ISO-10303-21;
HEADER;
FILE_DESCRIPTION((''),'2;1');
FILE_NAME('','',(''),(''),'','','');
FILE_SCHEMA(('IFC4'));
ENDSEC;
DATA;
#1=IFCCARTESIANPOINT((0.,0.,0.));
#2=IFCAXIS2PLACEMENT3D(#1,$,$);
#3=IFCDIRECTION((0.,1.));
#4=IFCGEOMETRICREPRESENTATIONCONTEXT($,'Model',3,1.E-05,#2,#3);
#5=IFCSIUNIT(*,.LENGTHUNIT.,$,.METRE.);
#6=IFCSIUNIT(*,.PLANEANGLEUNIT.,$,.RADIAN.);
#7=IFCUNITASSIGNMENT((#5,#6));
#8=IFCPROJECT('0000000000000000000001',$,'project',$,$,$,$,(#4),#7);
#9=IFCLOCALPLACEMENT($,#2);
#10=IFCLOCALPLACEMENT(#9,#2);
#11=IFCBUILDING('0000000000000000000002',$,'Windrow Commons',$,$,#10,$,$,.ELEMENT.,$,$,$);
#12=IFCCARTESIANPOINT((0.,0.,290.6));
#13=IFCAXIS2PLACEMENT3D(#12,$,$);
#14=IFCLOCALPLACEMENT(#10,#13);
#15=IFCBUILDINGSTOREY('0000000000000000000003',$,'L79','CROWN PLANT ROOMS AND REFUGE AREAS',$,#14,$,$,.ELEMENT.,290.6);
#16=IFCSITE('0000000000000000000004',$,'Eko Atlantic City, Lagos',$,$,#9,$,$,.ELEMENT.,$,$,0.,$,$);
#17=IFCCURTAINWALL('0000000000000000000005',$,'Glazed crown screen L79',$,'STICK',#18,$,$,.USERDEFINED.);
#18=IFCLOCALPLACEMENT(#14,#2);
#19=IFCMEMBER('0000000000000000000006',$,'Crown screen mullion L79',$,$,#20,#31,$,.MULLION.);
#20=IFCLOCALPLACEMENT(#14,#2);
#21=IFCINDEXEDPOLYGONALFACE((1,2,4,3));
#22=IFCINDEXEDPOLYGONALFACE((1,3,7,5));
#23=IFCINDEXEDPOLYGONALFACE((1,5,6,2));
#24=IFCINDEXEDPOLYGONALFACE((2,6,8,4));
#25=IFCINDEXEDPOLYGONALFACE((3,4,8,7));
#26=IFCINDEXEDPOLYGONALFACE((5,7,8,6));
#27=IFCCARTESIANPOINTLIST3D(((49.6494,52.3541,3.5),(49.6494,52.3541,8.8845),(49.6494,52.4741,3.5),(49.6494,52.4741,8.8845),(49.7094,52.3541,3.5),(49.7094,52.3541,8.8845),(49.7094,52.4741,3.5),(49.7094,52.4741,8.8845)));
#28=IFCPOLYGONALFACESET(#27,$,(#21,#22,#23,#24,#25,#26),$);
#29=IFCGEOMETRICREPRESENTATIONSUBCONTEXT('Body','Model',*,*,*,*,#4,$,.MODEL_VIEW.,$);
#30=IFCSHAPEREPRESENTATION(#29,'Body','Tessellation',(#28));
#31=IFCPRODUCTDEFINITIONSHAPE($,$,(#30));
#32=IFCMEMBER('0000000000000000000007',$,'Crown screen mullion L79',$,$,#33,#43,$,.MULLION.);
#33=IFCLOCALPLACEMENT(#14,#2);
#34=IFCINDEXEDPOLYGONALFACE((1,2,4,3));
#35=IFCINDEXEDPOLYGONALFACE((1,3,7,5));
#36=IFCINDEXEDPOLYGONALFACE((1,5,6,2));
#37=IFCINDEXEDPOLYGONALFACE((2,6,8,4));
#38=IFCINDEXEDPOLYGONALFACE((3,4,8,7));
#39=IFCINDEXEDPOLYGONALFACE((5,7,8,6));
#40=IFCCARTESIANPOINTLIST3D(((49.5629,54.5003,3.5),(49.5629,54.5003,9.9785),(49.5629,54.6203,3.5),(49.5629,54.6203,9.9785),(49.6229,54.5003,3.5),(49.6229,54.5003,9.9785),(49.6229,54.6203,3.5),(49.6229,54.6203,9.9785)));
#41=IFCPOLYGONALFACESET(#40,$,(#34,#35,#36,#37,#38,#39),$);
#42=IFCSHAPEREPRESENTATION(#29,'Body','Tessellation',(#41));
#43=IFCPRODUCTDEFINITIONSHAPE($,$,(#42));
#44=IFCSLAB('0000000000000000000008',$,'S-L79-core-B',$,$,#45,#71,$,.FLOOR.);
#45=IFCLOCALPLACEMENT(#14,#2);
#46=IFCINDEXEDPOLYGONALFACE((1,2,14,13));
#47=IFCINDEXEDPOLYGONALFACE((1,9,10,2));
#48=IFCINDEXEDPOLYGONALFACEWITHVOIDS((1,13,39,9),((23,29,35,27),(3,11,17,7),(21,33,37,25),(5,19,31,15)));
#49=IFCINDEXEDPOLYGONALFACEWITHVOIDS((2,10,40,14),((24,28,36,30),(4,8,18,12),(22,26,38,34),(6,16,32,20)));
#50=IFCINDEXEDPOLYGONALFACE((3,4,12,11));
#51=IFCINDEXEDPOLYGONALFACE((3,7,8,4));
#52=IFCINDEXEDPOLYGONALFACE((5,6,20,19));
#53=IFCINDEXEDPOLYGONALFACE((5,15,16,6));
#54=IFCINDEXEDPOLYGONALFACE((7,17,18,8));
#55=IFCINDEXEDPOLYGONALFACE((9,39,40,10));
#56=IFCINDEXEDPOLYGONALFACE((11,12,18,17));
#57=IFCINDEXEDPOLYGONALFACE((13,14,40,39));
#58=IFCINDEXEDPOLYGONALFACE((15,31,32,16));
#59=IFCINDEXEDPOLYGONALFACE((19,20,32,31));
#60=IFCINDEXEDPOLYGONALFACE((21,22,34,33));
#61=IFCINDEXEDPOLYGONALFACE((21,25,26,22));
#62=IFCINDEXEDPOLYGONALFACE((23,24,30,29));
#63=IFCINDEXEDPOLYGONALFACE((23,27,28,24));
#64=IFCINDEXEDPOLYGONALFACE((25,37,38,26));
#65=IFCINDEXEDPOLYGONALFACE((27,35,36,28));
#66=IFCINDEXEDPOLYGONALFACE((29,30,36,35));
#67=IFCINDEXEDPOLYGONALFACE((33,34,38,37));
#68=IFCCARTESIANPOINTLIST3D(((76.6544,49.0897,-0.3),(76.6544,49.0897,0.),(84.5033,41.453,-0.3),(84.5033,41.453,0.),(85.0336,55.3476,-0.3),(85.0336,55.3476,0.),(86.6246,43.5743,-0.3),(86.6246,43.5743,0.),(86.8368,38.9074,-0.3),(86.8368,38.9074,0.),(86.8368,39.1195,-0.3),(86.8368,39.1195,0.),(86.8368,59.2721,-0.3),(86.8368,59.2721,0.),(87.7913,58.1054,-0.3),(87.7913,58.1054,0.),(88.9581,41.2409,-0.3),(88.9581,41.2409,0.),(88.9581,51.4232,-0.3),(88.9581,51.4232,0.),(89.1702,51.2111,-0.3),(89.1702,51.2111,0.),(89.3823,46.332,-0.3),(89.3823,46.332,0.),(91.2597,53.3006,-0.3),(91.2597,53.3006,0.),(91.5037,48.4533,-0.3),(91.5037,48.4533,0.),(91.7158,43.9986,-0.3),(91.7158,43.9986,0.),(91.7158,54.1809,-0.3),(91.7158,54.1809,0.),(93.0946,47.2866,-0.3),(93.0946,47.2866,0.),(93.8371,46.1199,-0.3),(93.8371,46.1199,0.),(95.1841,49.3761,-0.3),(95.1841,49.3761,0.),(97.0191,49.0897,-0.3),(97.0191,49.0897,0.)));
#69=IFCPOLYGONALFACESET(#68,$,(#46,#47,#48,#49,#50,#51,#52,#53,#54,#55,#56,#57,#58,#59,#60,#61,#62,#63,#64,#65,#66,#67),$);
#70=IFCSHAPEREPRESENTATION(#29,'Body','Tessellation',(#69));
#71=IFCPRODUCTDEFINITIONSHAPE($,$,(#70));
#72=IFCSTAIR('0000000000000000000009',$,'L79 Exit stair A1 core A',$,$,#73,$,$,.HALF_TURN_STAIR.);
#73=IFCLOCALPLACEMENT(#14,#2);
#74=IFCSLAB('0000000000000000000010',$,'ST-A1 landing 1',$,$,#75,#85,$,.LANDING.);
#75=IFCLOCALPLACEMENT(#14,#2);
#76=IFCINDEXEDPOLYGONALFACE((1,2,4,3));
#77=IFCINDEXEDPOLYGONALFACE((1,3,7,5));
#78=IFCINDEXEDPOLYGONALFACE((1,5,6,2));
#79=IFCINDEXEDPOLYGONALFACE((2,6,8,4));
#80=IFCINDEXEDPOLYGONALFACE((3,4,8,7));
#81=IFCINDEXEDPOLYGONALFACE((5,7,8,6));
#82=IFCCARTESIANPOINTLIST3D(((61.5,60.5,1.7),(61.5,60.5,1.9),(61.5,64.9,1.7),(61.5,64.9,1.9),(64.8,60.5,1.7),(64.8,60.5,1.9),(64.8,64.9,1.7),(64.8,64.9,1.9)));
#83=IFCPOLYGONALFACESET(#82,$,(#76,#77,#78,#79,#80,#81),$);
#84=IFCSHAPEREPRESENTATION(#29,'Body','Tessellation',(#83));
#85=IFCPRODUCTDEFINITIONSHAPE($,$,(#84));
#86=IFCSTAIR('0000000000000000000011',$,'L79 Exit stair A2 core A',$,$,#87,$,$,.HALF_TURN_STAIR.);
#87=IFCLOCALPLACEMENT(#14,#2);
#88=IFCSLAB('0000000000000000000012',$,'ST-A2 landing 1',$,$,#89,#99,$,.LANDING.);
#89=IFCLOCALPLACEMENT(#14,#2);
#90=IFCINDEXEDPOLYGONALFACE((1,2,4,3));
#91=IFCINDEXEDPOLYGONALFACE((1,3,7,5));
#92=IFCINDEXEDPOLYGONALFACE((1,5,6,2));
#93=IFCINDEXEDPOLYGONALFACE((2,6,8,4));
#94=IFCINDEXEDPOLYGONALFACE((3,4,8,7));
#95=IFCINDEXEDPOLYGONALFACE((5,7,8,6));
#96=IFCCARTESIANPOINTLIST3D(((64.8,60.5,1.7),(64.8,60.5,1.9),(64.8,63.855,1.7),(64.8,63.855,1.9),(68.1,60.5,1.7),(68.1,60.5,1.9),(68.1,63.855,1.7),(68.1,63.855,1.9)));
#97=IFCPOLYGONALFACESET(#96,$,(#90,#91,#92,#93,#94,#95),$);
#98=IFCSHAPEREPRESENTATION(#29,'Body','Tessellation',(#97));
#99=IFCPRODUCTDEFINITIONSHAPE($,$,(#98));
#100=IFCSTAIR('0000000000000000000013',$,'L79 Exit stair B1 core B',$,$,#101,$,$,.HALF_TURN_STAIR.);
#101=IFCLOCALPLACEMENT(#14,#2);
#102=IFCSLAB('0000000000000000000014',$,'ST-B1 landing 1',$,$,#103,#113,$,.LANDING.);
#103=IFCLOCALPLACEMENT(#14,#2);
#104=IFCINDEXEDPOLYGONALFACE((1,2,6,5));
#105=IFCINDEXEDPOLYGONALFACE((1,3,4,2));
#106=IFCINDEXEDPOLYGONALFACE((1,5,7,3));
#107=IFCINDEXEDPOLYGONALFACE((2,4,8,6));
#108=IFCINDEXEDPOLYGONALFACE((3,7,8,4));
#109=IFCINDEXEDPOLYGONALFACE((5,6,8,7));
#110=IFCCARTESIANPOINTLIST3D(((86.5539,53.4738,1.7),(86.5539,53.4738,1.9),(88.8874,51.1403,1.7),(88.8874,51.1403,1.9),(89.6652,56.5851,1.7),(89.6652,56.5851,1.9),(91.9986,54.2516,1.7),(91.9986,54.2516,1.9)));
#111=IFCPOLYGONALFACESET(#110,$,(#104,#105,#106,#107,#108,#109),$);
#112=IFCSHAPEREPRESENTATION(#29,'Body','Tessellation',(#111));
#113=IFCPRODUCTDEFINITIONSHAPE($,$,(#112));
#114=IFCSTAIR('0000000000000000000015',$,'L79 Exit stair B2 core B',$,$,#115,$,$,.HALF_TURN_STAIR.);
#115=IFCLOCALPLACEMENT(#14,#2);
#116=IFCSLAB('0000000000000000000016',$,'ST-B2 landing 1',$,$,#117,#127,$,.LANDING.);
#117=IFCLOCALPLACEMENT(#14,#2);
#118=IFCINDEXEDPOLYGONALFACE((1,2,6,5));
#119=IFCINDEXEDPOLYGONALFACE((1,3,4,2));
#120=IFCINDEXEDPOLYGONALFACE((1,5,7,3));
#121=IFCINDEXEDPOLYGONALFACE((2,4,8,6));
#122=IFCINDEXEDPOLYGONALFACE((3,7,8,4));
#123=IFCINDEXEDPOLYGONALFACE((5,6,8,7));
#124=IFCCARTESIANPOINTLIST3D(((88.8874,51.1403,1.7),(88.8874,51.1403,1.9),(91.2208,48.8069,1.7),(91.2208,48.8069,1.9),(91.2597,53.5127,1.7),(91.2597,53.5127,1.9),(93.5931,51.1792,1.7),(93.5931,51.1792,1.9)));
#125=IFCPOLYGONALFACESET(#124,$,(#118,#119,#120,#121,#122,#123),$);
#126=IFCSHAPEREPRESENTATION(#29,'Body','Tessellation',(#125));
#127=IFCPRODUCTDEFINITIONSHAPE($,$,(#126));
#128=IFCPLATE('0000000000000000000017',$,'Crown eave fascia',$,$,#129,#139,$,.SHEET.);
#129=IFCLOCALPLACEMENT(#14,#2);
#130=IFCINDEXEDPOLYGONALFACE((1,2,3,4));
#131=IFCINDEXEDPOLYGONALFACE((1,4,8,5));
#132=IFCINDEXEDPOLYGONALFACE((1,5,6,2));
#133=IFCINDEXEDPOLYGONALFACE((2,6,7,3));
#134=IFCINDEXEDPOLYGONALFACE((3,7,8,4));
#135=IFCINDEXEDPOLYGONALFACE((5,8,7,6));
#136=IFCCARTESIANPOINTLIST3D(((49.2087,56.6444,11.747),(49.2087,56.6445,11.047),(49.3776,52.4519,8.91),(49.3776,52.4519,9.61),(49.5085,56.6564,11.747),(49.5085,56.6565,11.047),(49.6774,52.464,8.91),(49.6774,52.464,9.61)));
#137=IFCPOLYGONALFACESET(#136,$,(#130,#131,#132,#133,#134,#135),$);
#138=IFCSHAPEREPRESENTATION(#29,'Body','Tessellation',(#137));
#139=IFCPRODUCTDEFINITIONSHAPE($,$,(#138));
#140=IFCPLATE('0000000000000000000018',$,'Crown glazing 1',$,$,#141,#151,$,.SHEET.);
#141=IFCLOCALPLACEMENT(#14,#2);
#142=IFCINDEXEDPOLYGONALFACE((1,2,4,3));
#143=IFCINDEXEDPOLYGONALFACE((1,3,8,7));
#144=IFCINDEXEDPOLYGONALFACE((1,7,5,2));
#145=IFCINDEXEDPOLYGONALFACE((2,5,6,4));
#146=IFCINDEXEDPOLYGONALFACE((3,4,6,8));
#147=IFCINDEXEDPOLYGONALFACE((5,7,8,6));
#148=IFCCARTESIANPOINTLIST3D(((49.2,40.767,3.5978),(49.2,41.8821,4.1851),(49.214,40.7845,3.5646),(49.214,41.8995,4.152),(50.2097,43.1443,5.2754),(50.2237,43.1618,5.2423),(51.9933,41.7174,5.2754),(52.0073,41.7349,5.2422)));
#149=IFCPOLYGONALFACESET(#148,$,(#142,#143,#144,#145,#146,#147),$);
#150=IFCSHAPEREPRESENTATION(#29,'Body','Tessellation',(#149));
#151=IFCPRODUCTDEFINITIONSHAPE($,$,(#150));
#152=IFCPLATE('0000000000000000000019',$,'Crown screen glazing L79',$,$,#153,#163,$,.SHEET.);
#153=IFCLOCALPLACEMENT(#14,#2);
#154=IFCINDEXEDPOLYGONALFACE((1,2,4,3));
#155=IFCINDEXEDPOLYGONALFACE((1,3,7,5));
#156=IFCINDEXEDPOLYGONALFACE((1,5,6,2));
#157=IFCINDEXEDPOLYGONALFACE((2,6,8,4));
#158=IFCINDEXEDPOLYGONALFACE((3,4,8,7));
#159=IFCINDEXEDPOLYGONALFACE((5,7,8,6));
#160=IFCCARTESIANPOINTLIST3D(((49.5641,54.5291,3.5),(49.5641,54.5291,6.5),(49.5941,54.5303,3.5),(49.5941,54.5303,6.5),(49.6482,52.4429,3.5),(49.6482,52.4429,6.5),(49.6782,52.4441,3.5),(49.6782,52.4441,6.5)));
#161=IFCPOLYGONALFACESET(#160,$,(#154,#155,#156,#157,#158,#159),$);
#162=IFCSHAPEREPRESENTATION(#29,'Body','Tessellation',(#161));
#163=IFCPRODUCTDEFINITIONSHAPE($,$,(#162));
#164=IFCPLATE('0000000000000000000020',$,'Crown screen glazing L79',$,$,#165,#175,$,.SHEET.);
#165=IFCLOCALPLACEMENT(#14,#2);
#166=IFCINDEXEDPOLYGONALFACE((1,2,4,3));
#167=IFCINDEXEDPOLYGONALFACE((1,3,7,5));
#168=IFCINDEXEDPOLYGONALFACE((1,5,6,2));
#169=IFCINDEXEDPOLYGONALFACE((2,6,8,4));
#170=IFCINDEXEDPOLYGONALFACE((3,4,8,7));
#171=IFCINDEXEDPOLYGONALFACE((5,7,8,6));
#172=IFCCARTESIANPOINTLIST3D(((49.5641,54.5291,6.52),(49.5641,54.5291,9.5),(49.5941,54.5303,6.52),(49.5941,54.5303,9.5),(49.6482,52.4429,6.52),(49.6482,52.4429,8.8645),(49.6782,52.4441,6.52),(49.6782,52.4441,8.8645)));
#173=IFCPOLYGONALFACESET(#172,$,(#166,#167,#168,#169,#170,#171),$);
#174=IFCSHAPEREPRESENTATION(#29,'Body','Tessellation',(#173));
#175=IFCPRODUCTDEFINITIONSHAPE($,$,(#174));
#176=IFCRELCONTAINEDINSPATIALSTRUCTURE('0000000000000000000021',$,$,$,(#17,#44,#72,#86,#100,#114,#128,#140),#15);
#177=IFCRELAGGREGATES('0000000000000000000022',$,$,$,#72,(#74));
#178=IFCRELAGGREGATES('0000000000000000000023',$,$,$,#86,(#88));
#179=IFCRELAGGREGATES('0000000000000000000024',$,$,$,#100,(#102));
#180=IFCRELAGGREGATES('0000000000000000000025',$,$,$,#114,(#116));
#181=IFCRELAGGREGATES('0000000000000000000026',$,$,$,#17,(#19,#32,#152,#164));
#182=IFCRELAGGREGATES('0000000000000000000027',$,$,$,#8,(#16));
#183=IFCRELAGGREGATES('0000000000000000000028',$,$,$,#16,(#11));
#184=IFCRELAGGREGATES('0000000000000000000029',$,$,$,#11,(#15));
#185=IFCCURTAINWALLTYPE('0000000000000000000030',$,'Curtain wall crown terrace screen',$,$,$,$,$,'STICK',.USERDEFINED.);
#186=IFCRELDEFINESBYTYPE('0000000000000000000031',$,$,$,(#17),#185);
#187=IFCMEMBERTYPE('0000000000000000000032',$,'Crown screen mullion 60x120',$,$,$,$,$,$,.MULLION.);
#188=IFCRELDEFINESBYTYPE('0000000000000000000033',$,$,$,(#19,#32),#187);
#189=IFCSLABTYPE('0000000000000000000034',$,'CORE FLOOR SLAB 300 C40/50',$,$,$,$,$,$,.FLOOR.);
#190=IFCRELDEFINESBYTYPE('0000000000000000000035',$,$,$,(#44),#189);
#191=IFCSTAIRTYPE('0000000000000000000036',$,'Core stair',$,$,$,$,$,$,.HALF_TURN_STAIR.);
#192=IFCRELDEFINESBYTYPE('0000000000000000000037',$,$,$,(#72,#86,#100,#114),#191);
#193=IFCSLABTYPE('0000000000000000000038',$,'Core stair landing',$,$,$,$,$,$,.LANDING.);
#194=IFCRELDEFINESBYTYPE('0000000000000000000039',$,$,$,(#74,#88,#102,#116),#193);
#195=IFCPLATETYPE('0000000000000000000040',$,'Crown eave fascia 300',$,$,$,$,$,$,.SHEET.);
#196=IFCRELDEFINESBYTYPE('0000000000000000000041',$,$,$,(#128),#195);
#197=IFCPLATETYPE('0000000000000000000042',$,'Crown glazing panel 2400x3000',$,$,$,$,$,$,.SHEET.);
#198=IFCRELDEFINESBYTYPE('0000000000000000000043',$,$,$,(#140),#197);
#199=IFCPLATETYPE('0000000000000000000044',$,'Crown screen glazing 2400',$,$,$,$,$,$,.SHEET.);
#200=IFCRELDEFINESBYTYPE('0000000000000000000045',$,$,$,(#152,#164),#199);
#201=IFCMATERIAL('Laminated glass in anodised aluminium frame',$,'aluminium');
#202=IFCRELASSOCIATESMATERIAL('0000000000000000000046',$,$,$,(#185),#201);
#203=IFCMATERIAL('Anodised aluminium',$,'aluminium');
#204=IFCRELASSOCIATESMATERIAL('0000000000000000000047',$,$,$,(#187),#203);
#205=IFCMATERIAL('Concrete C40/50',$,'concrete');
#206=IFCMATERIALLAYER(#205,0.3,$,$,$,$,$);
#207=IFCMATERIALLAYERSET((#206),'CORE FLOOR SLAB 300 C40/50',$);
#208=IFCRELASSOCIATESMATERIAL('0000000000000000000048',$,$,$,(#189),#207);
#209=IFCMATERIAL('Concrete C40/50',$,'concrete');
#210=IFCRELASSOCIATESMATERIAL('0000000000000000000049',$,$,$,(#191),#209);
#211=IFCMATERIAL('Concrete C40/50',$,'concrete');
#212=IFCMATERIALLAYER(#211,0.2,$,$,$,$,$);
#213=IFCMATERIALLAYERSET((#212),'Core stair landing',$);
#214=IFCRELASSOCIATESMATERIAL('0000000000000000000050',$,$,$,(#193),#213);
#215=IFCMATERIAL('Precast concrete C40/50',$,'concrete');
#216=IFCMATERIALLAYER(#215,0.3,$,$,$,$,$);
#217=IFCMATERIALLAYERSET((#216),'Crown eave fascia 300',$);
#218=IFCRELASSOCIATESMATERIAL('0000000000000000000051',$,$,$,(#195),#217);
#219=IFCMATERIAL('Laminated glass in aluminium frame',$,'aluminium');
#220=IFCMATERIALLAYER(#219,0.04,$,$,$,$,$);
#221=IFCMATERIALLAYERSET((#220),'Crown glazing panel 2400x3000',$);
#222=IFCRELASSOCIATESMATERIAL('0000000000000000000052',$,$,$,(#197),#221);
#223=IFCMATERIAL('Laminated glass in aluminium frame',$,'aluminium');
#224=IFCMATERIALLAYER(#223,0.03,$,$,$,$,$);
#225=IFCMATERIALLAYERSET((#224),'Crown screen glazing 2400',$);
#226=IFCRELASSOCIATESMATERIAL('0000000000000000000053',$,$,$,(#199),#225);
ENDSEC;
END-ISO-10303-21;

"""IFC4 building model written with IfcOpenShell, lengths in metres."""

from ifc_helpers import new_model, si_unit, direction, frame, origin, origin_2d, place, context, subcontext, project, spatial, polyline, rectangle, outline, extrude, material, layer, layer_set, material_profile, profile_set, type_object, element, aggregate, save


model = new_model("IFC4")

# Units and contexts
model_context = context("Model", 3, precision=1e-05, world=origin(), true_north=direction((0.0, 1.0)))
body_context = subcontext(model_context, "Body", "Model", "MODEL_VIEW")
ifc_project = project(units=[si_unit("LENGTHUNIT", "METRE"), si_unit("PLANEANGLEUNIT", "RADIAN")], contexts=[model_context])

# Site, building, storey
site_placement = place(None, origin())
site = spatial("IfcSite", under=ifc_project, at=site_placement, Name="Eko Atlantic City, Lagos", CompositionType="ELEMENT", RefElevation=0.0)
building_placement = place(site_placement, origin())
building = spatial("IfcBuilding", under=site, at=building_placement, Name="Windrow Commons", CompositionType="ELEMENT")
storey_placement = place(building_placement, frame((0.0, 0.0, 290.6)))
storey = spatial("IfcBuildingStorey", under=building, at=storey_placement, Name="L79", Description="CROWN PLANT ROOMS AND REFUGE AREAS", CompositionType="ELEMENT", Elevation=290.6)

# Curtain wall, members
ifc_material_1 = material(Name="Laminated glass in anodised aluminium frame", Category="aluminium")
curtain_wall_type = type_object("IfcCurtainWallType", Name="Curtain wall crown terrace screen", ElementType="STICK", PredefinedType="USERDEFINED", material=ifc_material_1)
placement_1 = place(storey_placement, origin())
curtain_wall = element("IfcCurtainWall", 1, at=placement_1, inside=storey, type_object=curtain_wall_type, Name="Glazed crown screen L79", ObjectType="STICK", PredefinedType="USERDEFINED")
ifc_material_2 = material(Name="Anodised aluminium", Category="aluminium")
ifc_material_profile = material_profile(ifc_material_2, rectangle(XDim=0.06, YDim=0.12, at=origin_2d()))
ifc_profile_set = profile_set([ifc_material_profile], Name="Anodised aluminium")
member_type = type_object("IfcMemberType", Name="Crown screen mullion 60x120", PredefinedType="MULLION", material=ifc_profile_set)
member_1_placement = place(storey_placement, frame((49.6794, 52.4141, 3.5), z_axis=(0.0, 0.0, 1.0), x_axis=(1.0, 0.0, 0.0)))
member_1 = element("IfcMember", 2, at=member_1_placement, type_object=member_type, Name="Crown screen mullion L79", PredefinedType="MULLION", context=body_context, shape_type="SweptSolid", body=[
    extrude(rectangle(XDim=0.06, YDim=0.12, at=origin_2d()), origin(), (0.0, 0.0, 1.0), 5.3845),
])
member_2_placement = place(storey_placement, frame((49.5929, 54.5603, 3.5), z_axis=(0.0, 0.0, 1.0), x_axis=(1.0, 0.0, 0.0)))
member_2 = element("IfcMember", 3, at=member_2_placement, type_object=member_type, Name="Crown screen mullion L79", PredefinedType="MULLION", context=body_context, shape_type="SweptSolid", body=[
    extrude(rectangle(XDim=0.06, YDim=0.12, at=origin_2d()), origin(), (0.0, 0.0, 1.0), 6.4785),
])

# Slab, openings
ifc_material_3 = material(Name="Concrete C40/50", Category="concrete")
ifc_layer_1 = layer(ifc_material_3, 0.3)
ifc_layer_set_1 = layer_set([ifc_layer_1], Name="CORE FLOOR SLAB 300 C40/50")
slab_type_1 = type_object("IfcSlabType", Name="CORE FLOOR SLAB 300 C40/50", PredefinedType="FLOOR", material=ifc_layer_set_1)
placement_2 = place(storey_placement, frame((0.0, 0.0, -0.3)))
slab_1 = element("IfcSlab", 4, at=placement_2, inside=storey, type_object=slab_type_1, Name="S-L79-core-B", PredefinedType="FLOOR", context=body_context, shape_type="SweptSolid", body=[
    extrude(outline(polyline([(76.6544, 49.0897), (86.8368, 38.9074), (97.0191, 49.0897), (86.8368, 59.2721), (76.6544, 49.0897)]), holes=[polyline([(84.5033, 41.453), (86.8368, 39.1195), (88.9581, 41.2409), (86.6246, 43.5743), (84.5033, 41.453)]), polyline([(89.3823, 46.332), (91.7158, 43.9986), (93.8371, 46.1199), (91.5037, 48.4533), (89.3823, 46.332)]), polyline([(85.0336, 55.3476), (88.9581, 51.4232), (91.7158, 54.1809), (87.7913, 58.1054), (85.0336, 55.3476)]), polyline([(89.1702, 51.2111), (93.0946, 47.2866), (95.1841, 49.3761), (91.2597, 53.3006), (89.1702, 51.2111)])]), origin(), (0.0, 0.0, 1.0), 0.3),
])
opening_1_placement = place(placement_2, origin())
element("IfcOpeningElement", 5, at=opening_1_placement, cuts=slab_1, PredefinedType="OPENING", context=body_context, shape_type="SweptSolid", body=[
    extrude(outline(polyline([(84.5104, 41.453), (86.6246, 43.5672), (88.951, 41.2409), (86.8368, 39.1266), (84.5104, 41.453)])), origin(), (0.0, 0.0, 1.0), 0.3),
])
opening_2_placement = place(placement_2, origin())
element("IfcOpeningElement", 6, at=opening_2_placement, cuts=slab_1, PredefinedType="OPENING", context=body_context, shape_type="SweptSolid", body=[
    extrude(outline(polyline([(89.3894, 46.332), (91.5037, 48.4462), (93.83, 46.1199), (91.7158, 44.0057), (89.3894, 46.332)])), origin(), (0.0, 0.0, 1.0), 0.3),
])
opening_3_placement = place(placement_2, origin())
element("IfcOpeningElement", 7, at=opening_3_placement, cuts=slab_1, PredefinedType="OPENING", context=body_context, shape_type="SweptSolid", body=[
    extrude(outline(polyline([(85.0407, 55.3476), (87.7913, 58.0983), (91.7087, 54.1809), (88.9581, 51.4303), (85.0407, 55.3476)])), origin(), (0.0, 0.0, 1.0), 0.3),
])
opening_4_placement = place(placement_2, origin())
element("IfcOpeningElement", 8, at=opening_4_placement, cuts=slab_1, PredefinedType="OPENING", context=body_context, shape_type="SweptSolid", body=[
    extrude(outline(polyline([(89.1773, 51.2111), (91.2597, 53.2935), (95.177, 49.3761), (93.0946, 47.2937), (89.1773, 51.2111)])), origin(), (0.0, 0.0, 1.0), 0.3),
])

# Stairs, slabs
ifc_material_4 = material(Name="Concrete C40/50", Category="concrete")
stair_type = type_object("IfcStairType", Name="Core stair", PredefinedType="HALF_TURN_STAIR", material=ifc_material_4)
stair_1 = element("IfcStair", 9, at=placement_1, inside=storey, type_object=stair_type, Name="L79 Exit stair A1 core A", PredefinedType="HALF_TURN_STAIR")
ifc_material_5 = material(Name="Concrete C40/50", Category="concrete")
ifc_layer_2 = layer(ifc_material_5, 0.2)
ifc_layer_set_2 = layer_set([ifc_layer_2], Name="Core stair landing")
slab_type_2 = type_object("IfcSlabType", Name="Core stair landing", PredefinedType="LANDING", material=ifc_layer_set_2)
placement_3 = place(storey_placement, frame((0.0, 0.0, 1.7)))
slab_2 = element("IfcSlab", 10, at=placement_3, type_object=slab_type_2, Name="ST-A1 landing 1", PredefinedType="LANDING", context=body_context, shape_type="SweptSolid", body=[
    extrude(outline(polyline([(61.5, 60.5), (64.8, 60.5), (64.8, 64.9), (61.5, 64.9), (61.5, 60.5)])), origin(), (0.0, 0.0, 1.0), 0.2),
])
aggregate(stair_1, [slab_2])
stair_2 = element("IfcStair", 11, at=placement_1, inside=storey, type_object=stair_type, Name="L79 Exit stair A2 core A", PredefinedType="HALF_TURN_STAIR")
slab_3 = element("IfcSlab", 12, at=placement_3, type_object=slab_type_2, Name="ST-A2 landing 1", PredefinedType="LANDING", context=body_context, shape_type="SweptSolid", body=[
    extrude(outline(polyline([(64.8, 60.5), (68.1, 60.5), (68.1, 63.855), (64.8, 63.855), (64.8, 60.5)])), origin(), (0.0, 0.0, 1.0), 0.2),
])
aggregate(stair_2, [slab_3])
stair_3 = element("IfcStair", 13, at=placement_1, inside=storey, type_object=stair_type, Name="L79 Exit stair B1 core B", PredefinedType="HALF_TURN_STAIR")
slab_4 = element("IfcSlab", 14, at=placement_3, type_object=slab_type_2, Name="ST-B1 landing 1", PredefinedType="LANDING", context=body_context, shape_type="SweptSolid", body=[
    extrude(outline(polyline([(86.5539, 53.4738), (88.8874, 51.1403), (91.9986, 54.2516), (89.6652, 56.5851), (86.5539, 53.4738)])), origin(), (0.0, 0.0, 1.0), 0.2),
])
aggregate(stair_3, [slab_4])
stair_4 = element("IfcStair", 15, at=placement_1, inside=storey, type_object=stair_type, Name="L79 Exit stair B2 core B", PredefinedType="HALF_TURN_STAIR")
slab_5 = element("IfcSlab", 16, at=placement_3, type_object=slab_type_2, Name="ST-B2 landing 1", PredefinedType="LANDING", context=body_context, shape_type="SweptSolid", body=[
    extrude(outline(polyline([(88.8874, 51.1403), (91.2208, 48.8069), (93.5931, 51.1792), (91.2597, 53.5127), (88.8874, 51.1403)])), origin(), (0.0, 0.0, 1.0), 0.2),
])
aggregate(stair_4, [slab_5])

# Plates
ifc_material_6 = material(Name="Precast concrete C40/50", Category="concrete")
ifc_layer_3 = layer(ifc_material_6, 0.3)
ifc_layer_set_3 = layer_set([ifc_layer_3], Name="Crown eave fascia 300")
plate_type_1 = type_object("IfcPlateType", Name="Crown eave fascia 300", PredefinedType="SHEET", material=ifc_layer_set_3)
plate_1_placement = place(storey_placement, frame((49.6774, 52.464, 8.91), z_axis=(0.999189, 0.040254, 0.0), x_axis=(-0.035869, 0.890363, 0.453836)))
element("IfcPlate", 17, at=plate_1_placement, inside=storey, type_object=plate_type_1, Name="Crown eave fascia", PredefinedType="SHEET", context=body_context, shape_type="SweptSolid", body=[
    extrude(outline(polyline([(0.0, 0.0), (4.7088, 0.0), (5.0264, 0.6238), (0.3177, 0.6238), (0.0, 0.0)])), origin(), (0.0, 0.0, -1.0), 0.3),
])
ifc_material_7 = material(Name="Laminated glass in aluminium frame", Category="aluminium")
ifc_layer_4 = layer(ifc_material_7, 0.04)
ifc_layer_set_4 = layer_set([ifc_layer_4], Name="Crown glazing panel 2400x3000")
plate_type_2 = type_object("IfcPlateType", Name="Crown glazing panel 2400x3000", PredefinedType="SHEET", material=ifc_layer_set_4)
plate_2_placement = place(storey_placement, frame((49.2, 40.767, 3.5978), z_axis=(-0.349326, -0.436661, 0.829035), x_axis=(-0.000008, 0.884776, 0.466017)))
element("IfcPlate", 18, at=plate_2_placement, inside=storey, type_object=plate_type_2, Name="Crown glazing 1", PredefinedType="SHEET", context=body_context, shape_type="SweptSolid", body=[
    extrude(outline(polyline([(0.0, 0.0), (1.2603, 0.0), (2.8852, -1.0776), (1.6227, -2.9811), (0.0, 0.0)])), origin(), (0.0, 0.0, -1.0), 0.04),
])

# Plates
ifc_material_8 = material(Name="Laminated glass in aluminium frame", Category="aluminium")
ifc_layer_5 = layer(ifc_material_8, 0.03)
ifc_layer_set_5 = layer_set([ifc_layer_5], Name="Crown screen glazing 2400")
plate_type_3 = type_object("IfcPlateType", Name="Crown screen glazing 2400", PredefinedType="SHEET", material=ifc_layer_set_5)
plate_3_placement = place(storey_placement, frame((49.6782, 52.4441, 3.5), z_axis=(0.999188, 0.04028, 0.0), x_axis=(-0.04028, 0.999188, 0.0)))
plate_3 = element("IfcPlate", 19, at=plate_3_placement, type_object=plate_type_3, Name="Crown screen glazing L79", PredefinedType="SHEET", context=body_context, shape_type="SweptSolid", body=[
    extrude(outline(polyline([(0.0, 0.0), (2.0879, 0.0), (2.0879, 3.0), (0.0, 3.0), (0.0, 0.0)])), origin(), (0.0, 0.0, -1.0), 0.03),
])
plate_4_placement = place(storey_placement, frame((49.6782, 52.4441, 6.52), z_axis=(0.999188, 0.04028, 0.0), x_axis=(-0.04028, 0.999188, 0.0)))
plate_4 = element("IfcPlate", 20, at=plate_4_placement, type_object=plate_type_3, Name="Crown screen glazing L79", PredefinedType="SHEET", context=body_context, shape_type="SweptSolid", body=[
    extrude(outline(polyline([(0.0, 0.0), (2.0879, 0.0), (2.0879, 2.98), (0.0, 2.3445), (0.0, 0.0)])), origin(), (0.0, 0.0, -1.0), 0.03),
])
aggregate(curtain_wall, [member_1, member_2, plate_3, plate_4])

save(model, "model.ifc")
